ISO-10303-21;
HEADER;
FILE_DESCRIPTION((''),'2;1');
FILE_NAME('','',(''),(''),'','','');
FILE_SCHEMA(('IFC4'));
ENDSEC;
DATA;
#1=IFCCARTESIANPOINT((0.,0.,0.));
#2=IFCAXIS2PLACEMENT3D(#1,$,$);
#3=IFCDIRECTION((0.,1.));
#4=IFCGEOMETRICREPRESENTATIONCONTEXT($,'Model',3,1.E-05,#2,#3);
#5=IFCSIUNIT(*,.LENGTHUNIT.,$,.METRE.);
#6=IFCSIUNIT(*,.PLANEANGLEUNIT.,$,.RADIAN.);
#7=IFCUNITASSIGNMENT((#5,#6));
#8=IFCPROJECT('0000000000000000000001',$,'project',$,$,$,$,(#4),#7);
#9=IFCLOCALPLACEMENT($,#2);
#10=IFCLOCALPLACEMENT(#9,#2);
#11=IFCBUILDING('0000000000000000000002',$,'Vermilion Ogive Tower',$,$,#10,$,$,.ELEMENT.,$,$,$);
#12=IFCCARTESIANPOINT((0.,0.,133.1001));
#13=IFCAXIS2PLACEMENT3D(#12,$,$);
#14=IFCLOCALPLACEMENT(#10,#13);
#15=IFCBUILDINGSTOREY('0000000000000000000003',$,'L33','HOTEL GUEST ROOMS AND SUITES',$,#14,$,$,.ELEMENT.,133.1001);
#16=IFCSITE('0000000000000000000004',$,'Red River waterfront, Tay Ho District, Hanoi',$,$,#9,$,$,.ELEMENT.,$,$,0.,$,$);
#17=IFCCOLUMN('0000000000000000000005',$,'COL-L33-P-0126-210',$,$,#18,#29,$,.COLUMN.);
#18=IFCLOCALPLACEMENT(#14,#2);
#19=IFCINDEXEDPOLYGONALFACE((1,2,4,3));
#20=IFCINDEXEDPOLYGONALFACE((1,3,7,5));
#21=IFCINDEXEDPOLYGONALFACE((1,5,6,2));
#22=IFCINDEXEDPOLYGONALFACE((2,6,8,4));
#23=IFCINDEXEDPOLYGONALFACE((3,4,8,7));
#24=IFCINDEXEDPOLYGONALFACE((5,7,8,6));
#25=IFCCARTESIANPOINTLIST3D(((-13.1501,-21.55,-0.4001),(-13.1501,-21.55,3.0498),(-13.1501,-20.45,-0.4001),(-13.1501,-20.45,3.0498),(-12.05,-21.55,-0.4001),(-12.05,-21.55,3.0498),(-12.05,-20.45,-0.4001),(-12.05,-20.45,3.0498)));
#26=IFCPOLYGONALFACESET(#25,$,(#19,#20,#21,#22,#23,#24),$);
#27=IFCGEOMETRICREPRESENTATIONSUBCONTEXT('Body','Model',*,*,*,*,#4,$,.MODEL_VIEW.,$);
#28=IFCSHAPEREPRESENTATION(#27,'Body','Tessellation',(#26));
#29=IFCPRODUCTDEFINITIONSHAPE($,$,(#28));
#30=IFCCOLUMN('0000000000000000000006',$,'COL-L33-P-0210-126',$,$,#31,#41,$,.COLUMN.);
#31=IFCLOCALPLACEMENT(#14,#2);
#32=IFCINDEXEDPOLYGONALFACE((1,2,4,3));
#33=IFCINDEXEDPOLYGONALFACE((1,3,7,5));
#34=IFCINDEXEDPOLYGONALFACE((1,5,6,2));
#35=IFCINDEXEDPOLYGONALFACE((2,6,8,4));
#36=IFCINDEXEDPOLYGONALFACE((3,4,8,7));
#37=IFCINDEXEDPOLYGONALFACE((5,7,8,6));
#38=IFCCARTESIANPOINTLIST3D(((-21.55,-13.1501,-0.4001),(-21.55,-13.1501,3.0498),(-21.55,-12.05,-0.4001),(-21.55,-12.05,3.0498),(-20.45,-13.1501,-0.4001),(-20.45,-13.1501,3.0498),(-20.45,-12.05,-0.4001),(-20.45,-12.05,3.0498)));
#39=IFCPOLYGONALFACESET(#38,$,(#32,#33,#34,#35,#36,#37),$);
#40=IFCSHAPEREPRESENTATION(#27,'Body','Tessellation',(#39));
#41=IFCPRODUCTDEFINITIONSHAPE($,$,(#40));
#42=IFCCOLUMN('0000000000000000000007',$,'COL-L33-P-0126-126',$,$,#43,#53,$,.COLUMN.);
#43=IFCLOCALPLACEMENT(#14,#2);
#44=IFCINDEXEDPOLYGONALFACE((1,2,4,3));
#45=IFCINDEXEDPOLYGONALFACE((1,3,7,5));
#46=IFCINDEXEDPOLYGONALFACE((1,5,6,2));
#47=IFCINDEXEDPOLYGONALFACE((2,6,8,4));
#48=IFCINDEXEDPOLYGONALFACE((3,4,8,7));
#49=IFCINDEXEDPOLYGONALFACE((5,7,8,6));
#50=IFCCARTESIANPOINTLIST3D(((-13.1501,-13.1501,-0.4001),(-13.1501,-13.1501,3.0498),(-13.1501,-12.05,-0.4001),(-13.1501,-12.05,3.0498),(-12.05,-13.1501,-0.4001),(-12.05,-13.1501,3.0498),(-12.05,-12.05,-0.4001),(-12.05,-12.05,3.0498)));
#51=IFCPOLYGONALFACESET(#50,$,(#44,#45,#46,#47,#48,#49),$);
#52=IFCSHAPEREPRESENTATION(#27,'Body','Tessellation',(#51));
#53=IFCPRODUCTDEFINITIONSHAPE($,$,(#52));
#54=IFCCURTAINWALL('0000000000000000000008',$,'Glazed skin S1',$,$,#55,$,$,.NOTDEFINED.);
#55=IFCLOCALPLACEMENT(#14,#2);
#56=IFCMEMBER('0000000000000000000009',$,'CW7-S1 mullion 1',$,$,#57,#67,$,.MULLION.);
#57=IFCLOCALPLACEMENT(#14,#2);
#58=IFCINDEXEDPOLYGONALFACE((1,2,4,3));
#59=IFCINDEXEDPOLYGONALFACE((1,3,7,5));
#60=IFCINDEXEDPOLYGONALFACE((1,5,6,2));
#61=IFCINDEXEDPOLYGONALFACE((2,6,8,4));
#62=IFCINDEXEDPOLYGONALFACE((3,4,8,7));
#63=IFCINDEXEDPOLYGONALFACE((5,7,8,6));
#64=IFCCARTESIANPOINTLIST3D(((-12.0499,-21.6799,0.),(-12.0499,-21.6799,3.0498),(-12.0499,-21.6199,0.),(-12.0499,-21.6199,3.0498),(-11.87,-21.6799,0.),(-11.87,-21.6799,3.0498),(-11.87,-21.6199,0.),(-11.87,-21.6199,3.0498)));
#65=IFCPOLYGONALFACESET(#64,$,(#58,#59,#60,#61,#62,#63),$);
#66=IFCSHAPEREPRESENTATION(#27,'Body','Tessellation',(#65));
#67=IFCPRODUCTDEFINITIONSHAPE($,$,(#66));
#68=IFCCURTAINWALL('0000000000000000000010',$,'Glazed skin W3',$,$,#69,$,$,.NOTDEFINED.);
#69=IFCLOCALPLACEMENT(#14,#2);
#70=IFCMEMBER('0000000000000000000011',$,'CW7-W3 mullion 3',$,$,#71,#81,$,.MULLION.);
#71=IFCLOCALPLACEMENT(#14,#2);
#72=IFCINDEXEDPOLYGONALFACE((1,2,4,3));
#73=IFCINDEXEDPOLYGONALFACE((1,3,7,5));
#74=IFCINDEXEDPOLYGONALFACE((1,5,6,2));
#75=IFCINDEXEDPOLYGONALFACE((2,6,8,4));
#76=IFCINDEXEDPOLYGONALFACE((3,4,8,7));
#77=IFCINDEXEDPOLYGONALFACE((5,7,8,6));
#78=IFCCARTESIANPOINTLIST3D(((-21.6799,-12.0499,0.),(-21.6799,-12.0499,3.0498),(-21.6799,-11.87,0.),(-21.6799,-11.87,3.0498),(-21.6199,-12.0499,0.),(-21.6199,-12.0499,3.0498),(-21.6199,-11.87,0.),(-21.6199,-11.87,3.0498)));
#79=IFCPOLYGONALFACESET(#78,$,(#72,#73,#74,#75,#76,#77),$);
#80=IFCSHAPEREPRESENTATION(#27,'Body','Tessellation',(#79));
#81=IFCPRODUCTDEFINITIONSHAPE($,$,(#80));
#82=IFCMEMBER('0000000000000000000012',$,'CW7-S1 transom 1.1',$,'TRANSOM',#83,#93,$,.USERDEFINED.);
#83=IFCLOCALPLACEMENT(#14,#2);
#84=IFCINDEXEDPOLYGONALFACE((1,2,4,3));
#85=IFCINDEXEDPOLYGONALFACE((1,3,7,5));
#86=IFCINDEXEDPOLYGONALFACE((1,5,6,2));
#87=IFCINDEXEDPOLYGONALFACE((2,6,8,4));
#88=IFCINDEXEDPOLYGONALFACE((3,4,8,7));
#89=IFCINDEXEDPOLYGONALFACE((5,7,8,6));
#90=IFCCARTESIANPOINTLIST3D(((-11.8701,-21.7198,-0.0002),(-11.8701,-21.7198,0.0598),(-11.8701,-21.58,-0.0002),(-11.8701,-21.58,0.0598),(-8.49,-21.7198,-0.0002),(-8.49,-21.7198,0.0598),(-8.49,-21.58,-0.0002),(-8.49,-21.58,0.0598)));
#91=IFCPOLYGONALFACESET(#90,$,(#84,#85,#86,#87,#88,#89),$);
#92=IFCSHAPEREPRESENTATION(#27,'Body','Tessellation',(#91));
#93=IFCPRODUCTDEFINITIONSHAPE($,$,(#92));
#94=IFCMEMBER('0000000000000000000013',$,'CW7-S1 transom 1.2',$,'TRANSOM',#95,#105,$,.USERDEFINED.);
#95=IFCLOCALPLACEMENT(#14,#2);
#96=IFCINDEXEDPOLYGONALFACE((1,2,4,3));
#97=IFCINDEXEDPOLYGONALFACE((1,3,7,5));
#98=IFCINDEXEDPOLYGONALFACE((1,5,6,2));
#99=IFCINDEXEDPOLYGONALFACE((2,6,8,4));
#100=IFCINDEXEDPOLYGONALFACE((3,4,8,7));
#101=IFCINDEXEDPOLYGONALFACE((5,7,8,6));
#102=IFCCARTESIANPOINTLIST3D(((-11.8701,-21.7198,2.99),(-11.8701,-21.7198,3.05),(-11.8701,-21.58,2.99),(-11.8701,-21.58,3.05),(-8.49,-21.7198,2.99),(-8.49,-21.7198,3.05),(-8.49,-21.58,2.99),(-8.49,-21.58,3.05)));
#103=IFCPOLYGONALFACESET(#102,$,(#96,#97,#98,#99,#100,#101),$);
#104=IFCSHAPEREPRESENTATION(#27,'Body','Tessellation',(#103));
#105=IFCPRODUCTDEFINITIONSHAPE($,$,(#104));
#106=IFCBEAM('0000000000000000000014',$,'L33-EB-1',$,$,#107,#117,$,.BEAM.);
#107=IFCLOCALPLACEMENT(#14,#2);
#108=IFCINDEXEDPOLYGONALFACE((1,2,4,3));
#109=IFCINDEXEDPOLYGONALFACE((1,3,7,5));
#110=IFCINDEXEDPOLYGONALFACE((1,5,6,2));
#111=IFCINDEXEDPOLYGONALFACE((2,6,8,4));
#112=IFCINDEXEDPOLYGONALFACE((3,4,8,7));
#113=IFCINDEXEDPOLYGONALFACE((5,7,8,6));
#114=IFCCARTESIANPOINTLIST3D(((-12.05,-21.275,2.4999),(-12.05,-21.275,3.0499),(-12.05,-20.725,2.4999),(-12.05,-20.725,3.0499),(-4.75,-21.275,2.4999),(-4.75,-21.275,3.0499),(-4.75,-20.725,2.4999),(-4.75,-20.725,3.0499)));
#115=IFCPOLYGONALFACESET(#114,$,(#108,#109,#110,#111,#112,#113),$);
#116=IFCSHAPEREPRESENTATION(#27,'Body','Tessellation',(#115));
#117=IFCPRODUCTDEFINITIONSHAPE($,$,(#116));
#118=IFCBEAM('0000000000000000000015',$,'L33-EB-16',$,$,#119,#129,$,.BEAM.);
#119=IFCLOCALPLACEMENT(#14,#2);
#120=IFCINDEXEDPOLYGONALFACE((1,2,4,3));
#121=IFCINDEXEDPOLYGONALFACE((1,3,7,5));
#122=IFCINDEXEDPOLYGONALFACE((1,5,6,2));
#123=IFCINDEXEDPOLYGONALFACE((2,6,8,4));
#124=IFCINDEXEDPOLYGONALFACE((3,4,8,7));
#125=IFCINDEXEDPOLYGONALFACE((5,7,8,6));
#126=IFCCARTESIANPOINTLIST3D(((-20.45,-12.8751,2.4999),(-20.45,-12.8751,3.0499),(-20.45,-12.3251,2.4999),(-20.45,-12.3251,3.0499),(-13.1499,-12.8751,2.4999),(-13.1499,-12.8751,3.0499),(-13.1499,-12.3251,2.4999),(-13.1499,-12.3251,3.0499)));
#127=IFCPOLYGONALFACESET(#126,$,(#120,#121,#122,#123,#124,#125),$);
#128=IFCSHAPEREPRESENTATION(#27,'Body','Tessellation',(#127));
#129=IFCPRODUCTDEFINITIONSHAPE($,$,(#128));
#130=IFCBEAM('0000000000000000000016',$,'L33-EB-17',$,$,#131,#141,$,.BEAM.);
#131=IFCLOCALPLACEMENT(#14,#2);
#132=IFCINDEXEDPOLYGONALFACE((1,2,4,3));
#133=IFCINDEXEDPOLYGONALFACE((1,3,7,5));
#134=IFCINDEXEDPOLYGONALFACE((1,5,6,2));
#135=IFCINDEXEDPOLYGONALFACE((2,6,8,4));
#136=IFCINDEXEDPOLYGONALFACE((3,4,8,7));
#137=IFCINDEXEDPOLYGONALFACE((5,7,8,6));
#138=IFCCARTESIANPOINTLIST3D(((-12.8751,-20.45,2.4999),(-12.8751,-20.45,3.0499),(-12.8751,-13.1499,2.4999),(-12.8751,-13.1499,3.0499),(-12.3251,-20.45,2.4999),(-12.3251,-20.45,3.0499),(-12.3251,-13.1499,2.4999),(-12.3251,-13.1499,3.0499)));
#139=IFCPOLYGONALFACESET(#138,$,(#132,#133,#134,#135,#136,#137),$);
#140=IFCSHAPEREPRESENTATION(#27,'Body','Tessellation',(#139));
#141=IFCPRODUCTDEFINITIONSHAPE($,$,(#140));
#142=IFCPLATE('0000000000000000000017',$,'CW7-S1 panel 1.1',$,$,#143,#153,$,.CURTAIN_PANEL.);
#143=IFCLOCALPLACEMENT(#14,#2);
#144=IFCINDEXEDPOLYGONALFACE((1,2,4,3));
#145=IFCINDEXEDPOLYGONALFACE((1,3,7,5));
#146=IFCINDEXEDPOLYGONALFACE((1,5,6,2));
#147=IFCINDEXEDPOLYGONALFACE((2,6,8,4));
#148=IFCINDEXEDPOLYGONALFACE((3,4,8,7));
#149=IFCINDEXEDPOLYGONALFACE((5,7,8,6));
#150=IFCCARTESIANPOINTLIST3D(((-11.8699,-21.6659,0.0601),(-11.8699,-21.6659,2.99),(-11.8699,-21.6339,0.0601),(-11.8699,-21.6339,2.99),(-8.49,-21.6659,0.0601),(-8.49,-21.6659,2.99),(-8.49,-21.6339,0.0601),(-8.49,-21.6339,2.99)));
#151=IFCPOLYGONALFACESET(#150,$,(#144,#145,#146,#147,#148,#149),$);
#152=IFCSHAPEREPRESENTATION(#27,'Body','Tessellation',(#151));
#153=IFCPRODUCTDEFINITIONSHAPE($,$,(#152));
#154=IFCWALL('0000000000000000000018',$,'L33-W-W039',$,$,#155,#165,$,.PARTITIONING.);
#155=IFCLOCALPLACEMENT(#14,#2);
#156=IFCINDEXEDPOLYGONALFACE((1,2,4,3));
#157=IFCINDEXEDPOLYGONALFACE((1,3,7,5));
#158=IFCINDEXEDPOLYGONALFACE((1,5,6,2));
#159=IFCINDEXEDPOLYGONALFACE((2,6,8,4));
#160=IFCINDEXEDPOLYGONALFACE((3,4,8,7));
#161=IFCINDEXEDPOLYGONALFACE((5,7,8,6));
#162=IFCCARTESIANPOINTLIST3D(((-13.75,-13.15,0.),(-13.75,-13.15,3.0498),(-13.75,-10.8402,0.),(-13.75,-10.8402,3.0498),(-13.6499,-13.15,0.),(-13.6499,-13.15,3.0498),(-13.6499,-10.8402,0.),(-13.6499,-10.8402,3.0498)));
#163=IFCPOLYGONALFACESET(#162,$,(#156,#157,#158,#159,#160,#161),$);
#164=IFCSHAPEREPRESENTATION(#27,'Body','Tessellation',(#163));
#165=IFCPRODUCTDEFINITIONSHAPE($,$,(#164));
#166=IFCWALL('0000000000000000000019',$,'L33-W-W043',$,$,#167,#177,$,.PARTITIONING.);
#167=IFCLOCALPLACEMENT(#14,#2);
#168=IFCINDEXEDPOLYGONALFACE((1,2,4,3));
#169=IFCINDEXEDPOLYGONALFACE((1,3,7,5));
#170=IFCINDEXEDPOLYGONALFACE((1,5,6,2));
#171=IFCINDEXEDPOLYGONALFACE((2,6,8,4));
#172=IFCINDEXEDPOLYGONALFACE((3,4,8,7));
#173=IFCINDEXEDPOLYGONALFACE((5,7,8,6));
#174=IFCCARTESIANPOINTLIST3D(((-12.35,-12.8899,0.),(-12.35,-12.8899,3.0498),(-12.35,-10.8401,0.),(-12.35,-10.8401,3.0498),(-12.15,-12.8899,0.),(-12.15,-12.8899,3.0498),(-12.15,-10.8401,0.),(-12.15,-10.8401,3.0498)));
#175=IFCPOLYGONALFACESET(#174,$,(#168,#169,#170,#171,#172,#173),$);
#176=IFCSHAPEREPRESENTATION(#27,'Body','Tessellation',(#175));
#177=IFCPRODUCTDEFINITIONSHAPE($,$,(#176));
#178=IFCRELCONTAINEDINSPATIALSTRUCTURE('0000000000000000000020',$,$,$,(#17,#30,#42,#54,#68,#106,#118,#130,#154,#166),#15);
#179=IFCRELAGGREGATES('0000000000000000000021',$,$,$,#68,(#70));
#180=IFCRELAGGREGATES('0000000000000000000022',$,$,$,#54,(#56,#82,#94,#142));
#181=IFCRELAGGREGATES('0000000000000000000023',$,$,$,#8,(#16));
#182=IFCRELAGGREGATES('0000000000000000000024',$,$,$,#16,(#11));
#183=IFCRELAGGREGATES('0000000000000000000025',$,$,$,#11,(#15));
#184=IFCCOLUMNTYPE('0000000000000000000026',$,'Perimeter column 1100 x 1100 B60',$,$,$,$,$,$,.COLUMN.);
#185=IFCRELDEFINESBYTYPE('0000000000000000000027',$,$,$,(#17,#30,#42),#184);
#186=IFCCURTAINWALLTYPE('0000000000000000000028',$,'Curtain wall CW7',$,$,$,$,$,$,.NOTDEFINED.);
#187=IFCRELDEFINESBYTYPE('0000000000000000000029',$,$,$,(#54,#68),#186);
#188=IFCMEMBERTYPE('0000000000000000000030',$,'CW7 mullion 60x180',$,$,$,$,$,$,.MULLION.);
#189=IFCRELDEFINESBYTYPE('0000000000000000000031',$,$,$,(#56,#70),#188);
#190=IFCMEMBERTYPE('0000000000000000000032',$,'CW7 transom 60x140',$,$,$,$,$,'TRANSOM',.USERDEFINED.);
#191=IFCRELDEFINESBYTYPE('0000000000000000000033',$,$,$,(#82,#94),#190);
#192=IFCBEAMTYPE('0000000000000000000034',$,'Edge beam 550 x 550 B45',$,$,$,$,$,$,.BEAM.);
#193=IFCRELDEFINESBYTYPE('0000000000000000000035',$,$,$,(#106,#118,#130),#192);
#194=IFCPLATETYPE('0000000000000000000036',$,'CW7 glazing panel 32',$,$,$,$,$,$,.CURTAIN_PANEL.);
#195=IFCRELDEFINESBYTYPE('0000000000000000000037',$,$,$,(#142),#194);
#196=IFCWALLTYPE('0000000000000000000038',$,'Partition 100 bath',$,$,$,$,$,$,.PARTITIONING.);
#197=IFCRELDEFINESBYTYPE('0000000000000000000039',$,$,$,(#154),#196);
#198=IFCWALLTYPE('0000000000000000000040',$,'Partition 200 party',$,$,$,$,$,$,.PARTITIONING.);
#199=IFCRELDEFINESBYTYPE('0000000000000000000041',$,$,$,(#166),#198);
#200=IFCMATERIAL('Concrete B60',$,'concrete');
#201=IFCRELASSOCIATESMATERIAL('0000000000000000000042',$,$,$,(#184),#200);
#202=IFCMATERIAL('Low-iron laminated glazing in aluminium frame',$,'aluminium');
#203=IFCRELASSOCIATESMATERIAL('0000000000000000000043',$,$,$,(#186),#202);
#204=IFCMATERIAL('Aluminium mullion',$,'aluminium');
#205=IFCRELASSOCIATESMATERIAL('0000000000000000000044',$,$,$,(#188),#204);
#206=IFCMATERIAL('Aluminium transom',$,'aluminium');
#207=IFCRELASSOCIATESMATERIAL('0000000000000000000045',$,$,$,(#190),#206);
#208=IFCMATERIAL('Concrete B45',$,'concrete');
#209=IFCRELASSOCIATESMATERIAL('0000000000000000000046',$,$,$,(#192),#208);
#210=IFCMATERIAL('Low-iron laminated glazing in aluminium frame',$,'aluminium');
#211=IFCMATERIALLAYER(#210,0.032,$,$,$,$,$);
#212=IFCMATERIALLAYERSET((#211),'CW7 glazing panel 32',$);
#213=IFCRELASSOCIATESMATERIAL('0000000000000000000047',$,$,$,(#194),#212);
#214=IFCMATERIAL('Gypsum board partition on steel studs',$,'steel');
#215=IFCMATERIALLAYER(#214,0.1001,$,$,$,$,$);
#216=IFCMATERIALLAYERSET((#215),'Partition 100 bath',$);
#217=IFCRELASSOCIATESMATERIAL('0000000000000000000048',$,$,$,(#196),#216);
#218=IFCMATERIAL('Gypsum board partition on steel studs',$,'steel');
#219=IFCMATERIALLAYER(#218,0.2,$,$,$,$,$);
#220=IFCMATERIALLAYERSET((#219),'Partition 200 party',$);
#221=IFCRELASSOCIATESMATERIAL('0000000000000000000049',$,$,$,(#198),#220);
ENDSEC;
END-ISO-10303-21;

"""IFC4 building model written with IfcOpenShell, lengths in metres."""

from ifc_helpers import new_model, si_unit, direction, frame, frame_2d, origin, origin_2d, place, context, subcontext, project, spatial, rectangle, extrude, material, layer, layer_set, material_profile, profile_set, type_object, element, aggregate, save


model = new_model("IFC4")

# Units and contexts
model_context = context("Model", 3, precision=1e-05, world=origin(), true_north=direction((0.0, 1.0)))
body_context = subcontext(model_context, "Body", "Model", "MODEL_VIEW")
ifc_project = project(units=[si_unit("LENGTHUNIT", "METRE"), si_unit("PLANEANGLEUNIT", "RADIAN")], contexts=[model_context])

# Site, building, storey
site_placement = place(None, origin())
site = spatial("IfcSite", under=ifc_project, at=site_placement, Name="Red River waterfront, Tay Ho District, Hanoi", CompositionType="ELEMENT", RefElevation=0.0)
building_placement = place(site_placement, origin())
building = spatial("IfcBuilding", under=site, at=building_placement, Name="Vermilion Ogive Tower", CompositionType="ELEMENT")
storey_placement = place(building_placement, frame((0.0, 0.0, 133.1001)))
storey = spatial("IfcBuildingStorey", under=building, at=storey_placement, Name="L33", Description="HOTEL GUEST ROOMS AND SUITES", CompositionType="ELEMENT", Elevation=133.1001)

# Columns
ifc_material_1 = material(Name="Concrete B60", Category="concrete")
ifc_material_profile_1 = material_profile(ifc_material_1, rectangle(XDim=1.1001, YDim=1.1001, at=origin_2d()), Name="1100 x 1100")
ifc_profile_set_1 = profile_set([ifc_material_profile_1], Name="Concrete B60")
column_type = type_object("IfcColumnType", Name="Perimeter column 1100 x 1100 B60", PredefinedType="COLUMN", material=ifc_profile_set_1)
for number, where, z_axis, x_axis, name in (
    (1, (-12.6001, -21.0, -0.4001), (0.0, 0.0, 1.0), (1.0, 0.0, 0.0), "COL-L33-P-0126-210"),
    (2, (-21.0, -12.6001, -0.4001), (0.0, 0.0, 1.0), (1.0, 0.0, 0.0), "COL-L33-P-0210-126"),
    (3, (-12.6001, -12.6001, -0.4001), (0.0, 0.0, 1.0), (1.0, 0.0, 0.0), "COL-L33-P-0126-126"),
):
    element("IfcColumn", number, at=place(storey_placement, frame(where, z_axis=z_axis, x_axis=x_axis)), inside=storey, type_object=column_type, Name=name, PredefinedType="COLUMN", context=body_context, shape_type="SweptSolid", body=[
        extrude(rectangle(XDim=1.1001, YDim=1.1001, at=origin_2d()), origin(), (0.0, 0.0, 1.0), 3.45),
    ])

# Curtain walls, members
ifc_material_2 = material(Name="Low-iron laminated glazing in aluminium frame", Category="aluminium")
curtain_wall_type = type_object("IfcCurtainWallType", Name="Curtain wall CW7", PredefinedType="NOTDEFINED", material=ifc_material_2)
curtain_wall_1_placement = place(storey_placement, origin())
curtain_wall_1 = element("IfcCurtainWall", 4, at=curtain_wall_1_placement, inside=storey, type_object=curtain_wall_type, Name="Glazed skin S1", PredefinedType="NOTDEFINED")
ifc_material_3 = material(Name="Aluminium mullion", Category="aluminium")
ifc_material_profile_2 = material_profile(ifc_material_3, rectangle(XDim=0.0601, YDim=0.1799, at=origin_2d()), Name="AL 60x180")
ifc_profile_set_2 = profile_set([ifc_material_profile_2], Name="Aluminium mullion")
member_type_1 = type_object("IfcMemberType", Name="CW7 mullion 60x180", PredefinedType="MULLION", material=ifc_profile_set_2)
member_1_placement = place(storey_placement, frame((-11.96, -21.6499, 0.0), z_axis=(0.0, 0.0, 1.0), x_axis=(0.0, 1.0, 0.0)))
member_1 = element("IfcMember", 5, at=member_1_placement, type_object=member_type_1, Name="CW7-S1 mullion 1", PredefinedType="MULLION", context=body_context, shape_type="SweptSolid", body=[
    extrude(rectangle(XDim=0.0601, YDim=0.1799, at=origin_2d()), origin(), (0.0, 0.0, 1.0), 3.0498),
])
curtain_wall_2_placement = place(storey_placement, origin())
curtain_wall_2 = element("IfcCurtainWall", 6, at=curtain_wall_2_placement, inside=storey, type_object=curtain_wall_type, Name="Glazed skin W3", PredefinedType="NOTDEFINED")
member_2_placement = place(storey_placement, frame((-21.6499, -11.96, 0.0), z_axis=(0.0, 0.0, 1.0), x_axis=(1.0, 0.0, 0.0)))
member_2 = element("IfcMember", 7, at=member_2_placement, type_object=member_type_1, Name="CW7-W3 mullion 3", PredefinedType="MULLION", context=body_context, shape_type="SweptSolid", body=[
    extrude(rectangle(XDim=0.0601, YDim=0.1799, at=origin_2d()), origin(), (0.0, 0.0, 1.0), 3.0498),
])
aggregate(curtain_wall_2, [member_2])

# Members
ifc_material_4 = material(Name="Aluminium transom", Category="aluminium")
ifc_material_profile_3 = material_profile(ifc_material_4, rectangle(XDim=0.1399, YDim=0.0601, at=origin_2d()), Name="AL 60x140")
ifc_profile_set_3 = profile_set([ifc_material_profile_3], Name="Aluminium transom")
member_type_2 = type_object("IfcMemberType", Name="CW7 transom 60x140", ElementType="TRANSOM", PredefinedType="USERDEFINED", material=ifc_profile_set_3)
member_3_placement = place(storey_placement, frame((-11.8701, -21.6499, 0.0298), z_axis=(1.0, 0.0, 0.0), x_axis=(0.0, 1.0, 0.0)))
member_3 = element("IfcMember", 8, at=member_3_placement, type_object=member_type_2, Name="CW7-S1 transom 1.1", ObjectType="TRANSOM", PredefinedType="USERDEFINED", context=body_context, shape_type="SweptSolid", body=[
    extrude(rectangle(XDim=0.1399, YDim=0.0601, at=origin_2d()), origin(), (0.0, 0.0, 1.0), 3.3801),
])
member_4_placement = place(storey_placement, frame((-11.8701, -21.6499, 3.02), z_axis=(1.0, 0.0, 0.0), x_axis=(0.0, 1.0, 0.0)))
member_4 = element("IfcMember", 9, at=member_4_placement, type_object=member_type_2, Name="CW7-S1 transom 1.2", ObjectType="TRANSOM", PredefinedType="USERDEFINED", context=body_context, shape_type="SweptSolid", body=[
    extrude(rectangle(XDim=0.1399, YDim=0.0601, at=origin_2d()), origin(), (0.0, 0.0, 1.0), 3.3801),
])

# Beams
ifc_material_5 = material(Name="Concrete B45", Category="concrete")
ifc_material_profile_4 = material_profile(ifc_material_5, rectangle(XDim=0.55, YDim=0.55, at=origin_2d()), Name="550 x 550")
ifc_profile_set_4 = profile_set([ifc_material_profile_4], Name="Concrete B45")
beam_type = type_object("IfcBeamType", Name="Edge beam 550 x 550 B45", PredefinedType="BEAM", material=ifc_profile_set_4)
for number, where, z_axis, x_axis, name in (
    (10, (-12.05, -21.0, 2.7749), (1.0, 0.0, 0.0), (0.0, 1.0, 0.0), "L33-EB-1"),
    (11, (-20.45, -12.6001, 2.7749), (1.0, 0.0, 0.0), (0.0, 1.0, 0.0), "L33-EB-16"),
    (12, (-12.6001, -13.1499, 2.7749), (0.0, -1.0, 0.0), (1.0, 0.0, 0.0), "L33-EB-17"),
):
    element("IfcBeam", number, at=place(storey_placement, frame(where, z_axis=z_axis, x_axis=x_axis)), inside=storey, type_object=beam_type, Name=name, PredefinedType="BEAM", context=body_context, shape_type="SweptSolid", body=[
        extrude(rectangle(XDim=0.55, YDim=0.55, at=origin_2d()), origin(), (0.0, 0.0, 1.0), 7.3),
    ])

# Plate
ifc_material_6 = material(Name="Low-iron laminated glazing in aluminium frame", Category="aluminium")
ifc_layer_1 = layer(ifc_material_6, 0.032)
ifc_layer_set_1 = layer_set([ifc_layer_1], Name="CW7 glazing panel 32")
plate_type = type_object("IfcPlateType", Name="CW7 glazing panel 32", PredefinedType="CURTAIN_PANEL", material=ifc_layer_set_1)
plate_placement = place(storey_placement, frame((-10.1799, -21.6499, 0.0601), z_axis=(0.0, 0.0, 1.0), x_axis=(1.0, 0.0, 0.0)))
plate = element("IfcPlate", 13, at=plate_placement, type_object=plate_type, Name="CW7-S1 panel 1.1", PredefinedType="CURTAIN_PANEL", context=body_context, shape_type="SweptSolid", body=[
    extrude(rectangle(XDim=3.3799, YDim=0.032, at=origin_2d()), origin(), (0.0, 0.0, 1.0), 2.9299),
])
aggregate(curtain_wall_1, [member_1, member_3, member_4, plate])

# Walls
ifc_material_7 = material(Name="Gypsum board partition on steel studs", Category="steel")
ifc_layer_2 = layer(ifc_material_7, 0.1001)
ifc_layer_set_2 = layer_set([ifc_layer_2], Name="Partition 100 bath")
wall_type_1 = type_object("IfcWallType", Name="Partition 100 bath", PredefinedType="PARTITIONING", material=ifc_layer_set_2)
wall_1_placement = place(storey_placement, frame((-13.7, -13.1499, 0.0), z_axis=(0.0, 0.0, 1.0), x_axis=(0.0, 1.0, 0.0)))
element("IfcWall", 14, at=wall_1_placement, inside=storey, type_object=wall_type_1, Name="L33-W-W039", PredefinedType="PARTITIONING", context=body_context, shape_type="SweptSolid", body=[
    extrude(rectangle(XDim=2.3098, YDim=0.1001, at=frame_2d((1.1548, 0.0))), origin(), (0.0, 0.0, 1.0), 3.0498),
])
ifc_material_8 = material(Name="Gypsum board partition on steel studs", Category="steel")
ifc_layer_3 = layer(ifc_material_8, 0.2)
ifc_layer_set_3 = layer_set([ifc_layer_3], Name="Partition 200 party")
wall_type_2 = type_object("IfcWallType", Name="Partition 200 party", PredefinedType="PARTITIONING", material=ifc_layer_set_3)
wall_2_placement = place(storey_placement, frame((-12.25, -12.8899, 0.0), z_axis=(0.0, 0.0, 1.0), x_axis=(0.0, 1.0, 0.0)))
element("IfcWall", 15, at=wall_2_placement, inside=storey, type_object=wall_type_2, Name="L33-W-W043", PredefinedType="PARTITIONING", context=body_context, shape_type="SweptSolid", body=[
    extrude(rectangle(XDim=2.0498, YDim=0.2, at=frame_2d((1.0249, 0.0))), origin(), (0.0, 0.0, 1.0), 3.0498),
])

save(model, "model.ifc")
